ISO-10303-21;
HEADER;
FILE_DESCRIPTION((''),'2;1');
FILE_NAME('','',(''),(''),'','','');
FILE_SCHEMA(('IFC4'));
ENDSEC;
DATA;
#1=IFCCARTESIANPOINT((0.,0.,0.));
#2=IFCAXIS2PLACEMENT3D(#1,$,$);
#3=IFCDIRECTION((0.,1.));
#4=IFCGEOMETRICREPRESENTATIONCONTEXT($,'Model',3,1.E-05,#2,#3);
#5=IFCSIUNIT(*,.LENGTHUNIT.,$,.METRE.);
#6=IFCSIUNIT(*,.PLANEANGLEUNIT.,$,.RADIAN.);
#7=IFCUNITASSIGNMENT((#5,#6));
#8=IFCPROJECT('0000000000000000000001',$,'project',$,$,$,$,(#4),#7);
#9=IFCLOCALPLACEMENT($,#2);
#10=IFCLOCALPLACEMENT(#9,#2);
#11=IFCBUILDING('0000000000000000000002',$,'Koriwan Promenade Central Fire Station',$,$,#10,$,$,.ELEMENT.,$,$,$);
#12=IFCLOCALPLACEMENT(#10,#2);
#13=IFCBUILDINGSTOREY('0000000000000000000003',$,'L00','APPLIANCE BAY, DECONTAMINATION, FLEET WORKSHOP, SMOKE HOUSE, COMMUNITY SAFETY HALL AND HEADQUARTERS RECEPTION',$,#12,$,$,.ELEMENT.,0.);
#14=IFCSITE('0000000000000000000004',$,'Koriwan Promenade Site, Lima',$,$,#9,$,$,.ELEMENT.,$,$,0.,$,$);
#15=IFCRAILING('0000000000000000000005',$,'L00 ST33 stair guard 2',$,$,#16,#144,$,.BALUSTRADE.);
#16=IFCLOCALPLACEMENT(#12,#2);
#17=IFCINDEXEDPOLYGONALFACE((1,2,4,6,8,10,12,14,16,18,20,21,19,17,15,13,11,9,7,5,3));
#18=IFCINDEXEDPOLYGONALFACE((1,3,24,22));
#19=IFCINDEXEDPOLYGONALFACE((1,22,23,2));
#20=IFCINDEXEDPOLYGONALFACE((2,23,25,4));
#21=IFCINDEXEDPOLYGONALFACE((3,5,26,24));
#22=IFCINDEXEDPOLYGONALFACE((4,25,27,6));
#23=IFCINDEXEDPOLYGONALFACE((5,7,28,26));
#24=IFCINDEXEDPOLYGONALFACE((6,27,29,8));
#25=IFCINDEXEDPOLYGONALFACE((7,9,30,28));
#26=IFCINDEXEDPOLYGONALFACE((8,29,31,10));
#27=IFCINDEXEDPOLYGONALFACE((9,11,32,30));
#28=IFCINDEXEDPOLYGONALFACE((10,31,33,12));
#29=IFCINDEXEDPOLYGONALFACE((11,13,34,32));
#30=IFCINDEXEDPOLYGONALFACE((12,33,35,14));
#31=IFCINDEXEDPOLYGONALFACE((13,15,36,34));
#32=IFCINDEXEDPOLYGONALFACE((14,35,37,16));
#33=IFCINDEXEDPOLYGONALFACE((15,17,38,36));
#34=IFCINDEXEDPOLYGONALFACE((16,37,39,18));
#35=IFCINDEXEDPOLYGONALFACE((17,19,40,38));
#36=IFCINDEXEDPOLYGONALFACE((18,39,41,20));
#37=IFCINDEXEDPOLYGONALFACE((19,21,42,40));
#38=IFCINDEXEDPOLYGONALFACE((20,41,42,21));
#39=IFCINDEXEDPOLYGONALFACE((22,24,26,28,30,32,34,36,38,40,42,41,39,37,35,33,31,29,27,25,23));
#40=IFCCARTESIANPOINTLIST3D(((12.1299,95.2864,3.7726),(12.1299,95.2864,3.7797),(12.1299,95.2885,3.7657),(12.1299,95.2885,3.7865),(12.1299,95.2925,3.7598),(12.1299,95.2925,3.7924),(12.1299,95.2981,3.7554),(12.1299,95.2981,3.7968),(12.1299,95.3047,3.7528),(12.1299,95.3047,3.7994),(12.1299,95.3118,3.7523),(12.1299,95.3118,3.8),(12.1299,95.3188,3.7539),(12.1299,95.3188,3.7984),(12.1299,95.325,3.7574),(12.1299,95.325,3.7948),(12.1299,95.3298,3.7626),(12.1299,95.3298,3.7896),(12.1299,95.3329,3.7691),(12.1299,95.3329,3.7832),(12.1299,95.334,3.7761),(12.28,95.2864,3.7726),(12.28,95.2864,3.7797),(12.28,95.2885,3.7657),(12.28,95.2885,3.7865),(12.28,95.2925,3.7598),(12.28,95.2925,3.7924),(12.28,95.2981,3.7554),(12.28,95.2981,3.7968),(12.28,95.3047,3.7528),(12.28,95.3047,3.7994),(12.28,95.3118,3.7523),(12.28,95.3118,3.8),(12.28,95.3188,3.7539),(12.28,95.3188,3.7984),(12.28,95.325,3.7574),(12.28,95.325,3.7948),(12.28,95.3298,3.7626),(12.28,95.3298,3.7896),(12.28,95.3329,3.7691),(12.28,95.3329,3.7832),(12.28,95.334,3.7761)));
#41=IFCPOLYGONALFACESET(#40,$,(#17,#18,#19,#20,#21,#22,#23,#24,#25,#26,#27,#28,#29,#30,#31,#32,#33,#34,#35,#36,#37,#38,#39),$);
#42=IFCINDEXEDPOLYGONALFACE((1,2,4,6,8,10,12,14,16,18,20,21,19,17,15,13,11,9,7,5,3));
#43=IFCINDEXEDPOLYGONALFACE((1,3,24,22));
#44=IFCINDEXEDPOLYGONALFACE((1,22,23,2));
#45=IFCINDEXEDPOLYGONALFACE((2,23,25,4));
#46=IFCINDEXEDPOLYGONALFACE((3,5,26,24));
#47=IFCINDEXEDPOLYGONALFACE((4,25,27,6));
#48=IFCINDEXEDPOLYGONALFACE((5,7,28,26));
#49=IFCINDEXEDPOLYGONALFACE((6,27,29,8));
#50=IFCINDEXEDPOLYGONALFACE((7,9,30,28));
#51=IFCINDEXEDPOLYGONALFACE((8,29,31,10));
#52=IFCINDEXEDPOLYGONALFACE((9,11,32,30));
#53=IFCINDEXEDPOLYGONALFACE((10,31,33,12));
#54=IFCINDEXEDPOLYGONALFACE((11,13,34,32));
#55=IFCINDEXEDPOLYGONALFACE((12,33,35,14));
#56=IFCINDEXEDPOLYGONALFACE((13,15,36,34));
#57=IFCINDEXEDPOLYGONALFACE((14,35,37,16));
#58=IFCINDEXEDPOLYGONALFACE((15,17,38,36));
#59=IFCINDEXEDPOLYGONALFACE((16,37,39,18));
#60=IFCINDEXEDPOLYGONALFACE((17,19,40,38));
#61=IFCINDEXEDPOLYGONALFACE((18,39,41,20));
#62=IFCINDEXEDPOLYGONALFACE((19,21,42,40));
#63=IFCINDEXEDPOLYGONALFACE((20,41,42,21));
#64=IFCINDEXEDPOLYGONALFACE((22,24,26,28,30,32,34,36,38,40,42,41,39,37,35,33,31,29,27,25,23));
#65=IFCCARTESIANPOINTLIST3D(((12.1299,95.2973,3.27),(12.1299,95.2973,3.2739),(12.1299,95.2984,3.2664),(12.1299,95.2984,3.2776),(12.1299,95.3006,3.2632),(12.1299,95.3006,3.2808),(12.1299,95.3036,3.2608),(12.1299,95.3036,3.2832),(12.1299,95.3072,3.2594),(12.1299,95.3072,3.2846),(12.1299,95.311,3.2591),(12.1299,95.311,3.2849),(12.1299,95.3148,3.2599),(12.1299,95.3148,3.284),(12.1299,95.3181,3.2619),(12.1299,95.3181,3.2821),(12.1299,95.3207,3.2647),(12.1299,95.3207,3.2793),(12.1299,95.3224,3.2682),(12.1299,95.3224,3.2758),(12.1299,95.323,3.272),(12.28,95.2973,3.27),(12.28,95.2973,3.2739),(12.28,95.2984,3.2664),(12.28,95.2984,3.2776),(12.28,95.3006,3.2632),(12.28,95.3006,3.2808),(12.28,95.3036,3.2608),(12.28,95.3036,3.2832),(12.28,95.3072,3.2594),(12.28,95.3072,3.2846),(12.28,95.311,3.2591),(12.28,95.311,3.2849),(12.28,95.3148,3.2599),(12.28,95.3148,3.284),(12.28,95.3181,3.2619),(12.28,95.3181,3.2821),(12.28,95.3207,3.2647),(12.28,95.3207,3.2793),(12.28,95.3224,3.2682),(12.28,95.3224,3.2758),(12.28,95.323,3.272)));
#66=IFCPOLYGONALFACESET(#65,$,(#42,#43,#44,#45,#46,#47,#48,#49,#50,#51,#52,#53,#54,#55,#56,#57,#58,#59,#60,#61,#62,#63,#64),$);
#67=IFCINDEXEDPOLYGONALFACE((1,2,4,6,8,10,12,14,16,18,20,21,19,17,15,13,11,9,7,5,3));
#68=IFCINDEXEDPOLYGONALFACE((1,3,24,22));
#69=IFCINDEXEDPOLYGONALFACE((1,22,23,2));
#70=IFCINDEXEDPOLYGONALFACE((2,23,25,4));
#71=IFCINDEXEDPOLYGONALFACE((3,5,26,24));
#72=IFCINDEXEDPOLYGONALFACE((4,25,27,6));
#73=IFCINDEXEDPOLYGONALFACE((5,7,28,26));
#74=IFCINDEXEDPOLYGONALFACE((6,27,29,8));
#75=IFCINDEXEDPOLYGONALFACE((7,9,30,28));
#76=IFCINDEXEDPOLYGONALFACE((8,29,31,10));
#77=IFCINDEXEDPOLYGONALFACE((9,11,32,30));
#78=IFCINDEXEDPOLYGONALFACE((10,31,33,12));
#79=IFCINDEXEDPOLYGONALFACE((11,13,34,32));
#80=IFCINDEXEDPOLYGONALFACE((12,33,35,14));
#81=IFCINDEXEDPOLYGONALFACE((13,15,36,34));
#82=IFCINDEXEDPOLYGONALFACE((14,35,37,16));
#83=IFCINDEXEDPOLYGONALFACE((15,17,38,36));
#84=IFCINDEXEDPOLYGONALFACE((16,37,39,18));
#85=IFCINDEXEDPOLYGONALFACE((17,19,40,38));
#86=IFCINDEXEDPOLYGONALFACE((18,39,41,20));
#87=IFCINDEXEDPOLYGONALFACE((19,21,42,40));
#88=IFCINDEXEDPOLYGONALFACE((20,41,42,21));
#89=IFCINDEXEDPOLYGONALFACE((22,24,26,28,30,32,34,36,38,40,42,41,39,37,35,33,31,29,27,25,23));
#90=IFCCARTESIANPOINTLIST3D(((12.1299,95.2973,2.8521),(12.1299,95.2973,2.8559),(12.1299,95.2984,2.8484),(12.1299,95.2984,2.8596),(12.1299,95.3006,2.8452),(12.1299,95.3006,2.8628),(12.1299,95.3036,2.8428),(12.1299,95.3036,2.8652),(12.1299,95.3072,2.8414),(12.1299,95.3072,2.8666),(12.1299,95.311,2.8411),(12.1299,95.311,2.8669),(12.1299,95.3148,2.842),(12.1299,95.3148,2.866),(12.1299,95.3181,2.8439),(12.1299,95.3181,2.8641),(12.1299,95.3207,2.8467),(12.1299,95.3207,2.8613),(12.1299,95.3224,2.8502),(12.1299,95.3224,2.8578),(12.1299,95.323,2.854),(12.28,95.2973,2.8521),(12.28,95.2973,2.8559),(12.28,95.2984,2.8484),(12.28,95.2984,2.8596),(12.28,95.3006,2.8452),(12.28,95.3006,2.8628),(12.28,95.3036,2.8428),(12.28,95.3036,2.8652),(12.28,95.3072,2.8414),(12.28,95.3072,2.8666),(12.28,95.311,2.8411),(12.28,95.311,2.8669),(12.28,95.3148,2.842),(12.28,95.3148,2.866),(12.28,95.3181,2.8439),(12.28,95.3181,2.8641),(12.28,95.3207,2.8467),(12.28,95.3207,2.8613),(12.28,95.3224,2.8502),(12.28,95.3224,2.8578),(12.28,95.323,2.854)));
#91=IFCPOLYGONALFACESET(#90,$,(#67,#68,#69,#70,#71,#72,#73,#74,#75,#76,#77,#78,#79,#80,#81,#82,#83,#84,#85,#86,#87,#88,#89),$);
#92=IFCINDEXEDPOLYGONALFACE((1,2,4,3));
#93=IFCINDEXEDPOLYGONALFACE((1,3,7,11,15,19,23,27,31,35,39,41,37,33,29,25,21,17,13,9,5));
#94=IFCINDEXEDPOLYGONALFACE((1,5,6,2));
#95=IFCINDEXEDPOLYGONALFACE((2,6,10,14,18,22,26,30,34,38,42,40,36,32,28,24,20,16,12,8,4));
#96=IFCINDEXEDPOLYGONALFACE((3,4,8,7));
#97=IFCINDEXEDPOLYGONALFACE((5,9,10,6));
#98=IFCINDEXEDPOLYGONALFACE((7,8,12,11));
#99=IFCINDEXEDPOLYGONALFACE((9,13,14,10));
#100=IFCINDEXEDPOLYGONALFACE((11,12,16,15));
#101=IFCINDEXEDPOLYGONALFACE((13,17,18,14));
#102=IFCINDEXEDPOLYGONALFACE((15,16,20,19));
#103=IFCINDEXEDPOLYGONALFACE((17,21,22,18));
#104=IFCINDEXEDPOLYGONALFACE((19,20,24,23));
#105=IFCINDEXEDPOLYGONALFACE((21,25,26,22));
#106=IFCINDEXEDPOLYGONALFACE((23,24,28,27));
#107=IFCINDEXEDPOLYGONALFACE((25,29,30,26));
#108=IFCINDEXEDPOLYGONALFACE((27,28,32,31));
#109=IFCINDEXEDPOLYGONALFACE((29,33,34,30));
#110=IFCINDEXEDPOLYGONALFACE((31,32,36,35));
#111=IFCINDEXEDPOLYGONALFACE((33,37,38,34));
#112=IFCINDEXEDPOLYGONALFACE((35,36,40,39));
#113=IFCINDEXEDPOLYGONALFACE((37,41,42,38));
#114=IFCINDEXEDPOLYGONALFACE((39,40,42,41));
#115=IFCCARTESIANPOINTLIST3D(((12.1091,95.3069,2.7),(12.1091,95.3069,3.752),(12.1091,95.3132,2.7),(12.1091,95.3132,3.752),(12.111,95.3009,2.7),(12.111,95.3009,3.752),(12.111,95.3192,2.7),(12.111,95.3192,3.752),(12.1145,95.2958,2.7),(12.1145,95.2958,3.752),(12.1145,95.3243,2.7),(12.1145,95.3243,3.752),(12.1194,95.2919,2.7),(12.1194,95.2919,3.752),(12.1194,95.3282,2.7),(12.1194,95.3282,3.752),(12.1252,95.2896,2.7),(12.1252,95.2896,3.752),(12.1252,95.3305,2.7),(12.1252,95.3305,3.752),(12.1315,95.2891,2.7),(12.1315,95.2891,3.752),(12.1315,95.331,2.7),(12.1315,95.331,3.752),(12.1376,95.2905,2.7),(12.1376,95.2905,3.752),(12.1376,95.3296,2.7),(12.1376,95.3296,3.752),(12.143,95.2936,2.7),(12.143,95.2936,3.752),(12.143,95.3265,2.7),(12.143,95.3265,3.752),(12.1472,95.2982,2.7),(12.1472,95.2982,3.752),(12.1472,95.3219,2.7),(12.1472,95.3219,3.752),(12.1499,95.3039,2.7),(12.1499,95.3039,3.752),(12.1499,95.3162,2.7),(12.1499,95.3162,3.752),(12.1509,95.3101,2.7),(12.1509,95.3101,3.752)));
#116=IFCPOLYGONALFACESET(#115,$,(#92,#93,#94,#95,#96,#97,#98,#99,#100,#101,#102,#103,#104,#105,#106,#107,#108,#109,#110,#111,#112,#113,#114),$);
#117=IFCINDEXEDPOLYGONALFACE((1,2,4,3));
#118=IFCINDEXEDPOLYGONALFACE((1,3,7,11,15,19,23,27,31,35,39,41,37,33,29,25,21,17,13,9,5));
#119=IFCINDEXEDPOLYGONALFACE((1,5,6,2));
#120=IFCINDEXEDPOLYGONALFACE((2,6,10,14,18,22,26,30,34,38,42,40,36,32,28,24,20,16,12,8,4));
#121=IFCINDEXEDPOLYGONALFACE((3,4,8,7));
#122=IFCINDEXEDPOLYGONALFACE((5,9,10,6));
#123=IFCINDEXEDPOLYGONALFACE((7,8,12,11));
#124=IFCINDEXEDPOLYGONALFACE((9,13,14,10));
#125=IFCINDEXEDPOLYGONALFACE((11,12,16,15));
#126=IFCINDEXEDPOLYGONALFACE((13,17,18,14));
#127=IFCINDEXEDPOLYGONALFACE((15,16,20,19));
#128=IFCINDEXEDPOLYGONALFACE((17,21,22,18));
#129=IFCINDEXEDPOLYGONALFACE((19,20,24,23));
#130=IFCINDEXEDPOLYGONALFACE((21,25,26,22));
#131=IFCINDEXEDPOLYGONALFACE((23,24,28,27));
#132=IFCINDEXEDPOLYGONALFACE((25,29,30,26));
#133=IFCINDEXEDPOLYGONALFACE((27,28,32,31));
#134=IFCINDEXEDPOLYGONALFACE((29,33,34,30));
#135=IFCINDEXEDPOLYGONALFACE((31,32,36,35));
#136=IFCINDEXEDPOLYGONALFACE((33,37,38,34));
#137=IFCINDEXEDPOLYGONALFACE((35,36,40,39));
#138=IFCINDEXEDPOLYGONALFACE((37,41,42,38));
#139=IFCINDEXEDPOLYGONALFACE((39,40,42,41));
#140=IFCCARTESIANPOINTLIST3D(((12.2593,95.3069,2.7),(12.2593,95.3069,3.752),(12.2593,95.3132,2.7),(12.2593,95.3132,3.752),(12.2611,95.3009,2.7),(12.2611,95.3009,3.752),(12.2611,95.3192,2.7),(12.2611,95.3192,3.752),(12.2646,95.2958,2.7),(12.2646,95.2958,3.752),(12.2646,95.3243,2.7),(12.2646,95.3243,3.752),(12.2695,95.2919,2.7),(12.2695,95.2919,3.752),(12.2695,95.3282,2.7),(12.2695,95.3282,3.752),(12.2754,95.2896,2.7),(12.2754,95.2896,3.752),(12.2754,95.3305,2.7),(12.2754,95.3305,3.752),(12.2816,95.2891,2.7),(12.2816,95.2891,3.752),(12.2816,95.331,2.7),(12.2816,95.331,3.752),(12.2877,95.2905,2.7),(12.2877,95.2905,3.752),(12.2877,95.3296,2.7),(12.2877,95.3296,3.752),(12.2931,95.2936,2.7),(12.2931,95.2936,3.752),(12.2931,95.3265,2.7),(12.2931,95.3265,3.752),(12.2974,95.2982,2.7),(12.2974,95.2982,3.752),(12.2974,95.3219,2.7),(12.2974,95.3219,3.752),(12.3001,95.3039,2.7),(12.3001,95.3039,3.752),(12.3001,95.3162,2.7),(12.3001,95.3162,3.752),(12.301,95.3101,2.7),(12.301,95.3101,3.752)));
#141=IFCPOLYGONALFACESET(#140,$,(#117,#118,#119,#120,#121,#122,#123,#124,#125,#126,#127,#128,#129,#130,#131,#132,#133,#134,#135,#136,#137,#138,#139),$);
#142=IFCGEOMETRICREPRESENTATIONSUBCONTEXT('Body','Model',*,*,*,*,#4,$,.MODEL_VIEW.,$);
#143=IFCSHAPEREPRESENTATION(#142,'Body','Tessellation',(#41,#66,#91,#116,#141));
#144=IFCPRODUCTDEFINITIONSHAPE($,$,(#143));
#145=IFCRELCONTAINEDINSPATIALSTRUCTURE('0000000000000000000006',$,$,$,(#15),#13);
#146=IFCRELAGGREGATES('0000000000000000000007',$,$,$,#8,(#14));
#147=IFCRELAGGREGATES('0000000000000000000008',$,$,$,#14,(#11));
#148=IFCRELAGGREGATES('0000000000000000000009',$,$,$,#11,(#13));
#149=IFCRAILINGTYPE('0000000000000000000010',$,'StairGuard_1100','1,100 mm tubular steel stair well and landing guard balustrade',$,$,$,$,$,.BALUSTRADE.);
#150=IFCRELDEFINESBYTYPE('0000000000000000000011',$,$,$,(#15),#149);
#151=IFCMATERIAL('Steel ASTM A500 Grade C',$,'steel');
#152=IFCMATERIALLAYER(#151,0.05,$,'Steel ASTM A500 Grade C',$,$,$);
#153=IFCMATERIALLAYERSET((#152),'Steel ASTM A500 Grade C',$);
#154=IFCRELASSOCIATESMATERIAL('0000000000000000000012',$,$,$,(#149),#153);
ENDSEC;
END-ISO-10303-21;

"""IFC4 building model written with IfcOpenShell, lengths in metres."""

from ifc_helpers import new_model, si_unit, direction, frame, origin, origin_2d, place, context, subcontext, project, spatial, circle, extrude, material, layer, layer_set, type_object, element, save


model = new_model("IFC4")

# Units and contexts
model_context = context("Model", 3, precision=1e-05, world=origin(), true_north=direction((0.0, 1.0)))
body_context = subcontext(model_context, "Body", "Model", "MODEL_VIEW")
ifc_project = project(units=[si_unit("LENGTHUNIT", "METRE"), si_unit("PLANEANGLEUNIT", "RADIAN")], contexts=[model_context])

# Site, building, storey
site_placement = place(None, origin())
site = spatial("IfcSite", under=ifc_project, at=site_placement, Name="Koriwan Promenade Site, Lima", CompositionType="ELEMENT", RefElevation=0.0)
building_placement = place(site_placement, origin())
building = spatial("IfcBuilding", under=site, at=building_placement, Name="Koriwan Promenade Central Fire Station", CompositionType="ELEMENT")
storey_placement = place(building_placement, origin())
storey = spatial("IfcBuildingStorey", under=building, at=storey_placement, Name="L00", Description="APPLIANCE BAY, DECONTAMINATION, FLEET WORKSHOP, SMOKE HOUSE, COMMUNITY SAFETY HALL AND HEADQUARTERS RECEPTION", CompositionType="ELEMENT", Elevation=0.0)

# Railing
ifc_material_1 = material(Name="Steel ASTM A500 Grade C", Category="steel")
ifc_layer_1 = layer(ifc_material_1, 0.05, Name="Steel ASTM A500 Grade C")
ifc_layer_set_1 = layer_set([ifc_layer_1], Name="Steel ASTM A500 Grade C")
railing_type_1 = type_object("IfcRailingType", Name="StairGuard_1100", Description="1,100 mm tubular steel stair well and landing guard balustrade", PredefinedType="BALUSTRADE", material=ifc_layer_set_1)
railing_1_placement = place(storey_placement, frame((12.1299, 95.3101, 2.7)))
element("IfcRailing", 1, at=railing_1_placement, inside=storey, type_object=railing_type_1, Name="L00 ST33 stair guard 2", PredefinedType="BALUSTRADE", context=body_context, shape_type="SweptSolid", body=[
    extrude(circle(Radius=0.0239, at=origin_2d()), frame((0.0, 0.0, 1.0762), z_axis=(1.0, 0.0, 0.0), x_axis=(0.0, 1.0, 0.0)), (0.0, 0.0, 1.0), 0.1501),
    extrude(circle(Radius=0.0129, at=origin_2d()), frame((0.0, 0.0, 0.572), z_axis=(1.0, 0.0, 0.0), x_axis=(0.0, 1.0, 0.0)), (0.0, 0.0, 1.0), 0.1501),
    extrude(circle(Radius=0.0129, at=origin_2d()), frame((0.0, 0.0, 0.1541), z_axis=(1.0, 0.0, 0.0), x_axis=(0.0, 1.0, 0.0)), (0.0, 0.0, 1.0), 0.1501),
    extrude(circle(Radius=0.021, at=origin_2d()), origin(), (0.0, 0.0, 1.0), 1.052),
    extrude(circle(Radius=0.021, at=origin_2d()), frame((0.1501, 0.0, 0.0)), (0.0, 0.0, 1.0), 1.052),
])

save(model, "model.ifc")
